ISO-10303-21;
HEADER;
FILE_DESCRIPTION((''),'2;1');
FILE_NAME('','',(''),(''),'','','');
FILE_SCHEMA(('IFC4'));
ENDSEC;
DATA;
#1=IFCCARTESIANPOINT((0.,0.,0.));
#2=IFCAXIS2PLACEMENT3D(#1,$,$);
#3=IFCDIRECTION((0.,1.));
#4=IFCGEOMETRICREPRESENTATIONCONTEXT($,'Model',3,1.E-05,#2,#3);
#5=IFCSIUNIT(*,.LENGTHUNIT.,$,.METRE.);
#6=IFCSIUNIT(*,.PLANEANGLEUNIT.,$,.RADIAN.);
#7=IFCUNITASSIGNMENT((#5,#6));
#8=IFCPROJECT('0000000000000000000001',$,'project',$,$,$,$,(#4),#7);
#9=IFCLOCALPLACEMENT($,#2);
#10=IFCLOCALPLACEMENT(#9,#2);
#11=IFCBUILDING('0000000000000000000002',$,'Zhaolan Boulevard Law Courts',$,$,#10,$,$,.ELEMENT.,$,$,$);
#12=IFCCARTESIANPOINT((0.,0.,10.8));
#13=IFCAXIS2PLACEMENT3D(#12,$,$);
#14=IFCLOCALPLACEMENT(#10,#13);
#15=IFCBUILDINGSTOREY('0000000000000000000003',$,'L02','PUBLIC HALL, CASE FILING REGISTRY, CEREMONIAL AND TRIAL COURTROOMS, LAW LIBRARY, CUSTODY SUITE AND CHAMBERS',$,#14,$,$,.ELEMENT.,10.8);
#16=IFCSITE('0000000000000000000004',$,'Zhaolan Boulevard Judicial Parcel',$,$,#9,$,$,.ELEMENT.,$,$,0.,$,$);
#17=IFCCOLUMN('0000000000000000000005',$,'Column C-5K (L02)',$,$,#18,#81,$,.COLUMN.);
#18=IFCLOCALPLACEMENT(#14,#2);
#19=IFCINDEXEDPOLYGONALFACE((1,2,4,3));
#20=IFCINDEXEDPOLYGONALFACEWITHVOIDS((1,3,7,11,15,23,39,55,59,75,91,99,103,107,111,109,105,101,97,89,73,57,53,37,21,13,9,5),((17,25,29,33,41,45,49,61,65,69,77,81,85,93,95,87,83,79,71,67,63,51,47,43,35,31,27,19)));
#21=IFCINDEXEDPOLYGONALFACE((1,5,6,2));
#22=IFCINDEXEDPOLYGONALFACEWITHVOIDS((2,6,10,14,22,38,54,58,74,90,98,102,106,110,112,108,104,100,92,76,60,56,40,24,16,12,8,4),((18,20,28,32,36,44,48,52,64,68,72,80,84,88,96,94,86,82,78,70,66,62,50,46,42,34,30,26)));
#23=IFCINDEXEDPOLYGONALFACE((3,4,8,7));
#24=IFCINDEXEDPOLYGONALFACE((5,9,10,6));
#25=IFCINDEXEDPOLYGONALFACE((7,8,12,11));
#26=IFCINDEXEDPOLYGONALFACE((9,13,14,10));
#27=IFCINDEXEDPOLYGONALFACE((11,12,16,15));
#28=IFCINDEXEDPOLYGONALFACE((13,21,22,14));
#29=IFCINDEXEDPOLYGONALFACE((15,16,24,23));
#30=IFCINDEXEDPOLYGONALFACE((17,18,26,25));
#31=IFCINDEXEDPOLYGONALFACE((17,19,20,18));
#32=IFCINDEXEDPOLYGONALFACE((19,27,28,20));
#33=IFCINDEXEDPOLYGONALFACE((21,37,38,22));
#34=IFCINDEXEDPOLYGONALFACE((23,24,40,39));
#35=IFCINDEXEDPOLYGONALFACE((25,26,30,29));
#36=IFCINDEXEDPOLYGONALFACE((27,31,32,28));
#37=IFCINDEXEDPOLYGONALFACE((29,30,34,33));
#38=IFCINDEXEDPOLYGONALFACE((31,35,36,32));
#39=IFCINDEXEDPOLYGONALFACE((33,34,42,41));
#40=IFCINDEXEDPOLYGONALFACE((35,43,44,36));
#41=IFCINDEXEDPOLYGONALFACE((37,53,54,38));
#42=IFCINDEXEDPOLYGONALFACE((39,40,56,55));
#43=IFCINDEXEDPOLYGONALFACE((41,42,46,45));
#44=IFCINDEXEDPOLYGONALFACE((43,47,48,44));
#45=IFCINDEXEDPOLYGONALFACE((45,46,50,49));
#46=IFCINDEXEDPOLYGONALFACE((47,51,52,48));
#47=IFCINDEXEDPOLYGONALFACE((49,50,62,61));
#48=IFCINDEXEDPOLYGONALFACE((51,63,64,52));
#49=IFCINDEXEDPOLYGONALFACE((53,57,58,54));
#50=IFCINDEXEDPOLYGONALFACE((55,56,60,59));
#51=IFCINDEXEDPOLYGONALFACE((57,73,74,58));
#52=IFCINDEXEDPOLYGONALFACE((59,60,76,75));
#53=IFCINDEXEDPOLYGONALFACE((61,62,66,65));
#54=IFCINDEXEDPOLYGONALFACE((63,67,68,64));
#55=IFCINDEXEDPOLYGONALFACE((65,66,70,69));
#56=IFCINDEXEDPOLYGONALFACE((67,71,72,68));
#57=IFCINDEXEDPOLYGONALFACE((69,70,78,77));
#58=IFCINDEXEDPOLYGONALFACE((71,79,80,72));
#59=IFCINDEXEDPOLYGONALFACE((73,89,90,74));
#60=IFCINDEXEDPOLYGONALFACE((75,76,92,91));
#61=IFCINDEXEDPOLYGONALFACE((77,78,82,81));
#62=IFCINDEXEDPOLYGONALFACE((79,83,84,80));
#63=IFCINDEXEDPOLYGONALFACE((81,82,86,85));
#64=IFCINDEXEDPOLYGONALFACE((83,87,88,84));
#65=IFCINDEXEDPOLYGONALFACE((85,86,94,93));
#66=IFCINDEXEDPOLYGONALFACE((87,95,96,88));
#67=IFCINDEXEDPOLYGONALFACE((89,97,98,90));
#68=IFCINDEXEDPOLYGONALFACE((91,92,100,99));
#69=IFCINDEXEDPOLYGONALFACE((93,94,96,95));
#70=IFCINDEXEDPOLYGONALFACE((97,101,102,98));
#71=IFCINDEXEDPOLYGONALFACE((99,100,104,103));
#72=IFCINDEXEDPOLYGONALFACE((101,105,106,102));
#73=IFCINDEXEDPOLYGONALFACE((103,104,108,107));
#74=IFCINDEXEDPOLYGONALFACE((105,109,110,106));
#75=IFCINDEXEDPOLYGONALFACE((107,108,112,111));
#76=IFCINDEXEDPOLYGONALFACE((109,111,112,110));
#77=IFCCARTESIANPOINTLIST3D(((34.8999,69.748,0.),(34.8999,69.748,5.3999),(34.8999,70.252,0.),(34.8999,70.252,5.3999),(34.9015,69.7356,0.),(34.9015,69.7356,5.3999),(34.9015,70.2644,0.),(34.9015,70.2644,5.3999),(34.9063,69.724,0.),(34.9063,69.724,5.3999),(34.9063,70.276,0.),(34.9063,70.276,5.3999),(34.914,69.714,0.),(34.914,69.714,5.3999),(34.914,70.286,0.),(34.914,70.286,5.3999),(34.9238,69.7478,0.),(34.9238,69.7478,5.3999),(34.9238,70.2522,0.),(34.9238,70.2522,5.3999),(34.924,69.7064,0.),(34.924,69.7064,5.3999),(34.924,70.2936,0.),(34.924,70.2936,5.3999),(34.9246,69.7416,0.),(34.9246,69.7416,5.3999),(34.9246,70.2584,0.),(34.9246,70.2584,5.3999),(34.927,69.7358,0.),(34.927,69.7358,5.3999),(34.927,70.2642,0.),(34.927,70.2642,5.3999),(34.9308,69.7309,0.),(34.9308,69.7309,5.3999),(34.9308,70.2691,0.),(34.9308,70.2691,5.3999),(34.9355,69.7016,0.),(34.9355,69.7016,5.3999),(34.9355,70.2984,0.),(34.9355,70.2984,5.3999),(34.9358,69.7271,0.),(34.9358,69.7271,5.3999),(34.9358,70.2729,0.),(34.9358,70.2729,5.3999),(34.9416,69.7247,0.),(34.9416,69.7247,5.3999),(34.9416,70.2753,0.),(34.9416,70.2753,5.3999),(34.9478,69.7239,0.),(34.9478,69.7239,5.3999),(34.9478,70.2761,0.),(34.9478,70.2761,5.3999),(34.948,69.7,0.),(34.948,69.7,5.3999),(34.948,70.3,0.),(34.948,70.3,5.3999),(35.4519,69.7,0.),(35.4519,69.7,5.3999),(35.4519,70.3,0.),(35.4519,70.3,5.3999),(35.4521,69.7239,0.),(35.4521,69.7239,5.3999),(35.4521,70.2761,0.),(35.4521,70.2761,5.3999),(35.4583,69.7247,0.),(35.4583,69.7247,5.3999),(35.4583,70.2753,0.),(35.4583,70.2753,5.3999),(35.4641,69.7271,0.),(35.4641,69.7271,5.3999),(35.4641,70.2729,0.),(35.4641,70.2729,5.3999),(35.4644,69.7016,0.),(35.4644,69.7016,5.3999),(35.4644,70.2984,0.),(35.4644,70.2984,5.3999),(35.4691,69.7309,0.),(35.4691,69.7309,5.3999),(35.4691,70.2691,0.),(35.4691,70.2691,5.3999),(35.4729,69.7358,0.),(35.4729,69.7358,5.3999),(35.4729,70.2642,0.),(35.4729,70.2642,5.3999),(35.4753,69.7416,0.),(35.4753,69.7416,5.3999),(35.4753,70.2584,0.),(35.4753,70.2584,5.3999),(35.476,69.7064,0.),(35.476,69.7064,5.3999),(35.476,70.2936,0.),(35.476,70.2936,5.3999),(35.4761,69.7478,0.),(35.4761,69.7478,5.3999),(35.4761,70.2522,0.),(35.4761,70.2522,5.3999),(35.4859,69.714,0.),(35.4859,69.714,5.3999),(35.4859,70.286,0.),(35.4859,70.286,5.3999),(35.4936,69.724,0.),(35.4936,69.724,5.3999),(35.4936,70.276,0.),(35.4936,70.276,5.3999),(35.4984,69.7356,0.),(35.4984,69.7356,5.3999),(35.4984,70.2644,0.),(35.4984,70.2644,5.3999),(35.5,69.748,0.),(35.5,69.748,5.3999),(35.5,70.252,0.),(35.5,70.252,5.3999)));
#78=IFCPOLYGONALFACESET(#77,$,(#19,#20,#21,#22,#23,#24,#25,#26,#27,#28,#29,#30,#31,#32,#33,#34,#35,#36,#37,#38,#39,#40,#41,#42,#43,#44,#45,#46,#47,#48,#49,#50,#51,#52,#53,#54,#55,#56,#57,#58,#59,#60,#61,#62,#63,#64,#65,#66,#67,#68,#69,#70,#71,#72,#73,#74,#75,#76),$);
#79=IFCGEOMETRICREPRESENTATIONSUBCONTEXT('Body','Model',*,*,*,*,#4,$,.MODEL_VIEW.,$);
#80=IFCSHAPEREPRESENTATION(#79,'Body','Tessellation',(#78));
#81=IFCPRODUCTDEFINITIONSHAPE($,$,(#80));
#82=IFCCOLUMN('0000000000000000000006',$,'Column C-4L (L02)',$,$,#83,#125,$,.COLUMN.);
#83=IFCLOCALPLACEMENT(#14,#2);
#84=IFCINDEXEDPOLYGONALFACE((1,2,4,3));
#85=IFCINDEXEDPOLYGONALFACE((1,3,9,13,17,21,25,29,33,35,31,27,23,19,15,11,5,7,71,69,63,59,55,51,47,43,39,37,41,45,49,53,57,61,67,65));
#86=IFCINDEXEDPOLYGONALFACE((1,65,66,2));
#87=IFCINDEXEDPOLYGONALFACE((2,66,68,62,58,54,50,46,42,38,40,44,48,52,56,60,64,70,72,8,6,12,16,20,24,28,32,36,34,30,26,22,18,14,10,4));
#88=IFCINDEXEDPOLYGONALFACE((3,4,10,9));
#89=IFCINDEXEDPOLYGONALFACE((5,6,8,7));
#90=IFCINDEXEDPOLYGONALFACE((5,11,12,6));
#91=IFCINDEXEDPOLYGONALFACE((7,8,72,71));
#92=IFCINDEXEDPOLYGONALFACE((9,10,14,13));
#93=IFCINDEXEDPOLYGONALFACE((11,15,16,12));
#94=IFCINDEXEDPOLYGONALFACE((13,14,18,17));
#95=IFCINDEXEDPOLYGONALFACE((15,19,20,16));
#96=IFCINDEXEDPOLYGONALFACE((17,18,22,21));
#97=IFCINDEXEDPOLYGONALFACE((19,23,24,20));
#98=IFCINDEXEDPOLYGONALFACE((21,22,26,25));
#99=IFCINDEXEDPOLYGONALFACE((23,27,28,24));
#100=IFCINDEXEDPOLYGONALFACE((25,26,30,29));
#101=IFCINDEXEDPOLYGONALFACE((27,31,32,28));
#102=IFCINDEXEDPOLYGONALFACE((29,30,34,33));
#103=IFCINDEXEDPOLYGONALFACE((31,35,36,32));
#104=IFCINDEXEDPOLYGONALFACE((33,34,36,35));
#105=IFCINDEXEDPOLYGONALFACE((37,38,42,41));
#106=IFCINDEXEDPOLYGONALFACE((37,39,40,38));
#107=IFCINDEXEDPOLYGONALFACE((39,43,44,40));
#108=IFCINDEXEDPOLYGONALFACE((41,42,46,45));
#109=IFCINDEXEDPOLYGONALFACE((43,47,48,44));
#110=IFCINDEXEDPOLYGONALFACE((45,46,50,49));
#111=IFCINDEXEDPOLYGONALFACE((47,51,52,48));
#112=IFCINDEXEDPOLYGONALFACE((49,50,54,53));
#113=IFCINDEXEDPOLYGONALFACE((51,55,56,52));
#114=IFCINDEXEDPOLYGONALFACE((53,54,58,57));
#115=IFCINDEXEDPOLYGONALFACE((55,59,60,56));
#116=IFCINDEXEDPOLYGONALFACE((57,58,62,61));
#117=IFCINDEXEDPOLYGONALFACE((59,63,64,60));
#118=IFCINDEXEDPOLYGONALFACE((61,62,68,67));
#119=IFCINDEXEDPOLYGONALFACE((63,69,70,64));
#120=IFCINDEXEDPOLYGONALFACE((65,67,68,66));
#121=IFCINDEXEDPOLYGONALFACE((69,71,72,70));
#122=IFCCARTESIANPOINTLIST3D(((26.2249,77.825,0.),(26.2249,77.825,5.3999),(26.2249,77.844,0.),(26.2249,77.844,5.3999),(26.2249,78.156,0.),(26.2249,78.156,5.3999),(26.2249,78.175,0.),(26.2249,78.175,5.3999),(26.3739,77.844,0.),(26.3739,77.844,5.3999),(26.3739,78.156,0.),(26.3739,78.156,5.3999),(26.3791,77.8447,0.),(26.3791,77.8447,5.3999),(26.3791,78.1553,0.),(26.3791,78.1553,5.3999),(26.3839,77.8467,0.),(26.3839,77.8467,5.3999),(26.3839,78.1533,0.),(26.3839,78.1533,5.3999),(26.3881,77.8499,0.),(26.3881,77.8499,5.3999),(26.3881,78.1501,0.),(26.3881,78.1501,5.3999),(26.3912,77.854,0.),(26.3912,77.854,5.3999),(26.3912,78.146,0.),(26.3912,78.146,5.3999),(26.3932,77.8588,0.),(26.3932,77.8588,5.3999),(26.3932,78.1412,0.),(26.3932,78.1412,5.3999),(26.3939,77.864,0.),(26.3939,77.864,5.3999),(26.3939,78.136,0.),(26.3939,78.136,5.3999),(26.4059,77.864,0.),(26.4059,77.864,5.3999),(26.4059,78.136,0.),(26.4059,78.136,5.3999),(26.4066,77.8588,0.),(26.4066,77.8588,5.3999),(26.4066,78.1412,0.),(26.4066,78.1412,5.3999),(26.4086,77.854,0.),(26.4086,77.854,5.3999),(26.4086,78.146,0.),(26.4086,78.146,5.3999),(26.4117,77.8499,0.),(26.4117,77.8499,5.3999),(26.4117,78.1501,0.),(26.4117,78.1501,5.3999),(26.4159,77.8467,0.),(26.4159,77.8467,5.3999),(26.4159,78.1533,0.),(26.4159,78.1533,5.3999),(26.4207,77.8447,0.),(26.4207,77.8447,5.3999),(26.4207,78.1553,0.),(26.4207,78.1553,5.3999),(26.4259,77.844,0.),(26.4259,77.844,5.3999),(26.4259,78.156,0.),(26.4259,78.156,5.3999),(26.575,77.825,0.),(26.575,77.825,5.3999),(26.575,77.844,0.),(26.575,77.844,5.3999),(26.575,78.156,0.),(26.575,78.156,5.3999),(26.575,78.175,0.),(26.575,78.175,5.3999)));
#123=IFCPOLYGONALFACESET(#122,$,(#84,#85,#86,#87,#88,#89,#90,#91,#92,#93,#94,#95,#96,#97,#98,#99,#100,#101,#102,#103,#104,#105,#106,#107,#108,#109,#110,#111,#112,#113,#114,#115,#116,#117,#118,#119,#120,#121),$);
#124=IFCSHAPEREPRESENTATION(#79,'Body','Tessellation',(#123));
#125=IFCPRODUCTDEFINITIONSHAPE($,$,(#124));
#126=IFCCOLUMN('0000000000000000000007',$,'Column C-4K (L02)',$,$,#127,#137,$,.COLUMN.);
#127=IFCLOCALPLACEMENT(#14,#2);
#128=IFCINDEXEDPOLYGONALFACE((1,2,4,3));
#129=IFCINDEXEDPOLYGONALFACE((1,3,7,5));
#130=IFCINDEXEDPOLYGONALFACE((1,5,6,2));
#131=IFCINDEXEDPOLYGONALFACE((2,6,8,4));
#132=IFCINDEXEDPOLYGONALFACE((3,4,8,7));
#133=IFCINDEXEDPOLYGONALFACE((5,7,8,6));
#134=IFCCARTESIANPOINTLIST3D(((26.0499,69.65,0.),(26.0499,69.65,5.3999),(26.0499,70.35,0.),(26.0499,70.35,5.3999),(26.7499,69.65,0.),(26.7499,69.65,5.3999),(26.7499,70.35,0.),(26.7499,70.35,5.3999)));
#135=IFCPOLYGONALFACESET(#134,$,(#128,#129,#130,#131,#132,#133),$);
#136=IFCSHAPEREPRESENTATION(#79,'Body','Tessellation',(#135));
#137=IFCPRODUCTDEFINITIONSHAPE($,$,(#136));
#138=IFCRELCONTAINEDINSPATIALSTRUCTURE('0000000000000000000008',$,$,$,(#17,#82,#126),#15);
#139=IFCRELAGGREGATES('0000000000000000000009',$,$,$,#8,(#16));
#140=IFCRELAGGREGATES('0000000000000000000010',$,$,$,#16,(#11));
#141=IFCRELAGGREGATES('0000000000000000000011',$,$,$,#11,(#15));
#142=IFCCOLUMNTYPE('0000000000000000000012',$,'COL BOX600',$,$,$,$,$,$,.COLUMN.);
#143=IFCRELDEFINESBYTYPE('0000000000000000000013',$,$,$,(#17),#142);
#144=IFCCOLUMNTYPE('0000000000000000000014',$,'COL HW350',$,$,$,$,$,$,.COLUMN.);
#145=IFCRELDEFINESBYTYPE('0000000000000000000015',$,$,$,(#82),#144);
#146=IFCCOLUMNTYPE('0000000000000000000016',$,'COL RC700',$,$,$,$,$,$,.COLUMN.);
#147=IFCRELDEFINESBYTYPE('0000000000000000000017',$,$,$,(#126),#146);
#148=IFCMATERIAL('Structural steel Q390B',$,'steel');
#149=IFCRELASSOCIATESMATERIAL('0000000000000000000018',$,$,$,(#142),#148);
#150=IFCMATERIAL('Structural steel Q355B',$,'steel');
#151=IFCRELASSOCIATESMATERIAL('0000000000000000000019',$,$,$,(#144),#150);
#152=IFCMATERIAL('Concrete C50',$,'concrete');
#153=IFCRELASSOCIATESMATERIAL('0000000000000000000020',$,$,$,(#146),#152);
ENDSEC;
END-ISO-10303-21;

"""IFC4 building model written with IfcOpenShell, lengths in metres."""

from ifc_helpers import new_model, si_unit, direction, frame, origin, origin_2d, place, context, subcontext, project, spatial, rectangle, hollow_rectangle, i_section, extrude, material, material_profile, profile_set, type_object, element, save


model = new_model("IFC4")

# Units and contexts
model_context = context("Model", 3, precision=1e-05, world=origin(), true_north=direction((0.0, 1.0)))
body_context = subcontext(model_context, "Body", "Model", "MODEL_VIEW")
ifc_project = project(units=[si_unit("LENGTHUNIT", "METRE"), si_unit("PLANEANGLEUNIT", "RADIAN")], contexts=[model_context])

# Site, building, storey
site_placement = place(None, origin())
site = spatial("IfcSite", under=ifc_project, at=site_placement, Name="Zhaolan Boulevard Judicial Parcel", CompositionType="ELEMENT", RefElevation=0.0)
building_placement = place(site_placement, origin())
building = spatial("IfcBuilding", under=site, at=building_placement, Name="Zhaolan Boulevard Law Courts", CompositionType="ELEMENT")
storey_placement = place(building_placement, frame((0.0, 0.0, 10.8)))
storey = spatial("IfcBuildingStorey", under=building, at=storey_placement, Name="L02", Description="PUBLIC HALL, CASE FILING REGISTRY, CEREMONIAL AND TRIAL COURTROOMS, LAW LIBRARY, CUSTODY SUITE AND CHAMBERS", CompositionType="ELEMENT", Elevation=10.8)

# Columns
ifc_material_1 = material(Name="Structural steel Q390B", Category="steel")
ifc_material_profile_1 = material_profile(ifc_material_1, hollow_rectangle(XDim=0.6001, YDim=0.6001, WallThickness=0.0239, InnerFilletRadius=0.0239, OuterFilletRadius=0.0481, at=origin_2d()), Name="BOX600x600x24")
ifc_profile_set_1 = profile_set([ifc_material_profile_1], Name="Structural steel Q390B")
column_type_1 = type_object("IfcColumnType", Name="COL BOX600", PredefinedType="COLUMN", material=ifc_profile_set_1)
column_1_placement = place(storey_placement, frame((35.2, 70.0, 0.0), z_axis=(0.0, 0.0, 1.0), x_axis=(1.0, 0.0, 0.0)))
element("IfcColumn", 1, at=column_1_placement, inside=storey, type_object=column_type_1, Name="Column C-5K (L02)", PredefinedType="COLUMN", context=body_context, shape_type="SweptSolid", body=[
    extrude(hollow_rectangle(XDim=0.6001, YDim=0.6001, WallThickness=0.0239, InnerFilletRadius=0.0239, OuterFilletRadius=0.0481, at=origin_2d()), origin(), (0.0, 0.0, 1.0), 5.3999),
])
ifc_material_2 = material(Name="Structural steel Q355B", Category="steel")
ifc_material_profile_2 = material_profile(ifc_material_2, i_section(OverallWidth=0.3501, OverallDepth=0.3501, WebThickness=0.012, FlangeThickness=0.019, FilletRadius=0.02, at=origin_2d()), Name="HW350x350")
ifc_profile_set_2 = profile_set([ifc_material_profile_2], Name="Structural steel Q355B")
column_type_2 = type_object("IfcColumnType", Name="COL HW350", PredefinedType="COLUMN", material=ifc_profile_set_2)
column_2_placement = place(storey_placement, frame((26.3999, 78.0, 0.0), z_axis=(0.0, 0.0, 1.0), x_axis=(1.0, 0.0, 0.0)))
element("IfcColumn", 2, at=column_2_placement, inside=storey, type_object=column_type_2, Name="Column C-4L (L02)", PredefinedType="COLUMN", context=body_context, shape_type="SweptSolid", body=[
    extrude(i_section(OverallWidth=0.3501, OverallDepth=0.3501, WebThickness=0.012, FlangeThickness=0.019, FilletRadius=0.02, at=origin_2d()), origin(), (0.0, 0.0, 1.0), 5.3999),
])
ifc_material_3 = material(Name="Concrete C50", Category="concrete")
ifc_material_profile_3 = material_profile(ifc_material_3, rectangle(XDim=0.7, YDim=0.7, at=origin_2d()), Name="RC700x700")
ifc_profile_set_3 = profile_set([ifc_material_profile_3], Name="Concrete C50")
column_type_3 = type_object("IfcColumnType", Name="COL RC700", PredefinedType="COLUMN", material=ifc_profile_set_3)
column_3_placement = place(storey_placement, frame((26.3999, 70.0, 0.0), z_axis=(0.0, 0.0, 1.0), x_axis=(1.0, 0.0, 0.0)))
element("IfcColumn", 3, at=column_3_placement, inside=storey, type_object=column_type_3, Name="Column C-4K (L02)", PredefinedType="COLUMN", context=body_context, shape_type="SweptSolid", body=[
    extrude(rectangle(XDim=0.7, YDim=0.7, at=origin_2d()), origin(), (0.0, 0.0, 1.0), 5.3999),
])

save(model, "model.ifc")
